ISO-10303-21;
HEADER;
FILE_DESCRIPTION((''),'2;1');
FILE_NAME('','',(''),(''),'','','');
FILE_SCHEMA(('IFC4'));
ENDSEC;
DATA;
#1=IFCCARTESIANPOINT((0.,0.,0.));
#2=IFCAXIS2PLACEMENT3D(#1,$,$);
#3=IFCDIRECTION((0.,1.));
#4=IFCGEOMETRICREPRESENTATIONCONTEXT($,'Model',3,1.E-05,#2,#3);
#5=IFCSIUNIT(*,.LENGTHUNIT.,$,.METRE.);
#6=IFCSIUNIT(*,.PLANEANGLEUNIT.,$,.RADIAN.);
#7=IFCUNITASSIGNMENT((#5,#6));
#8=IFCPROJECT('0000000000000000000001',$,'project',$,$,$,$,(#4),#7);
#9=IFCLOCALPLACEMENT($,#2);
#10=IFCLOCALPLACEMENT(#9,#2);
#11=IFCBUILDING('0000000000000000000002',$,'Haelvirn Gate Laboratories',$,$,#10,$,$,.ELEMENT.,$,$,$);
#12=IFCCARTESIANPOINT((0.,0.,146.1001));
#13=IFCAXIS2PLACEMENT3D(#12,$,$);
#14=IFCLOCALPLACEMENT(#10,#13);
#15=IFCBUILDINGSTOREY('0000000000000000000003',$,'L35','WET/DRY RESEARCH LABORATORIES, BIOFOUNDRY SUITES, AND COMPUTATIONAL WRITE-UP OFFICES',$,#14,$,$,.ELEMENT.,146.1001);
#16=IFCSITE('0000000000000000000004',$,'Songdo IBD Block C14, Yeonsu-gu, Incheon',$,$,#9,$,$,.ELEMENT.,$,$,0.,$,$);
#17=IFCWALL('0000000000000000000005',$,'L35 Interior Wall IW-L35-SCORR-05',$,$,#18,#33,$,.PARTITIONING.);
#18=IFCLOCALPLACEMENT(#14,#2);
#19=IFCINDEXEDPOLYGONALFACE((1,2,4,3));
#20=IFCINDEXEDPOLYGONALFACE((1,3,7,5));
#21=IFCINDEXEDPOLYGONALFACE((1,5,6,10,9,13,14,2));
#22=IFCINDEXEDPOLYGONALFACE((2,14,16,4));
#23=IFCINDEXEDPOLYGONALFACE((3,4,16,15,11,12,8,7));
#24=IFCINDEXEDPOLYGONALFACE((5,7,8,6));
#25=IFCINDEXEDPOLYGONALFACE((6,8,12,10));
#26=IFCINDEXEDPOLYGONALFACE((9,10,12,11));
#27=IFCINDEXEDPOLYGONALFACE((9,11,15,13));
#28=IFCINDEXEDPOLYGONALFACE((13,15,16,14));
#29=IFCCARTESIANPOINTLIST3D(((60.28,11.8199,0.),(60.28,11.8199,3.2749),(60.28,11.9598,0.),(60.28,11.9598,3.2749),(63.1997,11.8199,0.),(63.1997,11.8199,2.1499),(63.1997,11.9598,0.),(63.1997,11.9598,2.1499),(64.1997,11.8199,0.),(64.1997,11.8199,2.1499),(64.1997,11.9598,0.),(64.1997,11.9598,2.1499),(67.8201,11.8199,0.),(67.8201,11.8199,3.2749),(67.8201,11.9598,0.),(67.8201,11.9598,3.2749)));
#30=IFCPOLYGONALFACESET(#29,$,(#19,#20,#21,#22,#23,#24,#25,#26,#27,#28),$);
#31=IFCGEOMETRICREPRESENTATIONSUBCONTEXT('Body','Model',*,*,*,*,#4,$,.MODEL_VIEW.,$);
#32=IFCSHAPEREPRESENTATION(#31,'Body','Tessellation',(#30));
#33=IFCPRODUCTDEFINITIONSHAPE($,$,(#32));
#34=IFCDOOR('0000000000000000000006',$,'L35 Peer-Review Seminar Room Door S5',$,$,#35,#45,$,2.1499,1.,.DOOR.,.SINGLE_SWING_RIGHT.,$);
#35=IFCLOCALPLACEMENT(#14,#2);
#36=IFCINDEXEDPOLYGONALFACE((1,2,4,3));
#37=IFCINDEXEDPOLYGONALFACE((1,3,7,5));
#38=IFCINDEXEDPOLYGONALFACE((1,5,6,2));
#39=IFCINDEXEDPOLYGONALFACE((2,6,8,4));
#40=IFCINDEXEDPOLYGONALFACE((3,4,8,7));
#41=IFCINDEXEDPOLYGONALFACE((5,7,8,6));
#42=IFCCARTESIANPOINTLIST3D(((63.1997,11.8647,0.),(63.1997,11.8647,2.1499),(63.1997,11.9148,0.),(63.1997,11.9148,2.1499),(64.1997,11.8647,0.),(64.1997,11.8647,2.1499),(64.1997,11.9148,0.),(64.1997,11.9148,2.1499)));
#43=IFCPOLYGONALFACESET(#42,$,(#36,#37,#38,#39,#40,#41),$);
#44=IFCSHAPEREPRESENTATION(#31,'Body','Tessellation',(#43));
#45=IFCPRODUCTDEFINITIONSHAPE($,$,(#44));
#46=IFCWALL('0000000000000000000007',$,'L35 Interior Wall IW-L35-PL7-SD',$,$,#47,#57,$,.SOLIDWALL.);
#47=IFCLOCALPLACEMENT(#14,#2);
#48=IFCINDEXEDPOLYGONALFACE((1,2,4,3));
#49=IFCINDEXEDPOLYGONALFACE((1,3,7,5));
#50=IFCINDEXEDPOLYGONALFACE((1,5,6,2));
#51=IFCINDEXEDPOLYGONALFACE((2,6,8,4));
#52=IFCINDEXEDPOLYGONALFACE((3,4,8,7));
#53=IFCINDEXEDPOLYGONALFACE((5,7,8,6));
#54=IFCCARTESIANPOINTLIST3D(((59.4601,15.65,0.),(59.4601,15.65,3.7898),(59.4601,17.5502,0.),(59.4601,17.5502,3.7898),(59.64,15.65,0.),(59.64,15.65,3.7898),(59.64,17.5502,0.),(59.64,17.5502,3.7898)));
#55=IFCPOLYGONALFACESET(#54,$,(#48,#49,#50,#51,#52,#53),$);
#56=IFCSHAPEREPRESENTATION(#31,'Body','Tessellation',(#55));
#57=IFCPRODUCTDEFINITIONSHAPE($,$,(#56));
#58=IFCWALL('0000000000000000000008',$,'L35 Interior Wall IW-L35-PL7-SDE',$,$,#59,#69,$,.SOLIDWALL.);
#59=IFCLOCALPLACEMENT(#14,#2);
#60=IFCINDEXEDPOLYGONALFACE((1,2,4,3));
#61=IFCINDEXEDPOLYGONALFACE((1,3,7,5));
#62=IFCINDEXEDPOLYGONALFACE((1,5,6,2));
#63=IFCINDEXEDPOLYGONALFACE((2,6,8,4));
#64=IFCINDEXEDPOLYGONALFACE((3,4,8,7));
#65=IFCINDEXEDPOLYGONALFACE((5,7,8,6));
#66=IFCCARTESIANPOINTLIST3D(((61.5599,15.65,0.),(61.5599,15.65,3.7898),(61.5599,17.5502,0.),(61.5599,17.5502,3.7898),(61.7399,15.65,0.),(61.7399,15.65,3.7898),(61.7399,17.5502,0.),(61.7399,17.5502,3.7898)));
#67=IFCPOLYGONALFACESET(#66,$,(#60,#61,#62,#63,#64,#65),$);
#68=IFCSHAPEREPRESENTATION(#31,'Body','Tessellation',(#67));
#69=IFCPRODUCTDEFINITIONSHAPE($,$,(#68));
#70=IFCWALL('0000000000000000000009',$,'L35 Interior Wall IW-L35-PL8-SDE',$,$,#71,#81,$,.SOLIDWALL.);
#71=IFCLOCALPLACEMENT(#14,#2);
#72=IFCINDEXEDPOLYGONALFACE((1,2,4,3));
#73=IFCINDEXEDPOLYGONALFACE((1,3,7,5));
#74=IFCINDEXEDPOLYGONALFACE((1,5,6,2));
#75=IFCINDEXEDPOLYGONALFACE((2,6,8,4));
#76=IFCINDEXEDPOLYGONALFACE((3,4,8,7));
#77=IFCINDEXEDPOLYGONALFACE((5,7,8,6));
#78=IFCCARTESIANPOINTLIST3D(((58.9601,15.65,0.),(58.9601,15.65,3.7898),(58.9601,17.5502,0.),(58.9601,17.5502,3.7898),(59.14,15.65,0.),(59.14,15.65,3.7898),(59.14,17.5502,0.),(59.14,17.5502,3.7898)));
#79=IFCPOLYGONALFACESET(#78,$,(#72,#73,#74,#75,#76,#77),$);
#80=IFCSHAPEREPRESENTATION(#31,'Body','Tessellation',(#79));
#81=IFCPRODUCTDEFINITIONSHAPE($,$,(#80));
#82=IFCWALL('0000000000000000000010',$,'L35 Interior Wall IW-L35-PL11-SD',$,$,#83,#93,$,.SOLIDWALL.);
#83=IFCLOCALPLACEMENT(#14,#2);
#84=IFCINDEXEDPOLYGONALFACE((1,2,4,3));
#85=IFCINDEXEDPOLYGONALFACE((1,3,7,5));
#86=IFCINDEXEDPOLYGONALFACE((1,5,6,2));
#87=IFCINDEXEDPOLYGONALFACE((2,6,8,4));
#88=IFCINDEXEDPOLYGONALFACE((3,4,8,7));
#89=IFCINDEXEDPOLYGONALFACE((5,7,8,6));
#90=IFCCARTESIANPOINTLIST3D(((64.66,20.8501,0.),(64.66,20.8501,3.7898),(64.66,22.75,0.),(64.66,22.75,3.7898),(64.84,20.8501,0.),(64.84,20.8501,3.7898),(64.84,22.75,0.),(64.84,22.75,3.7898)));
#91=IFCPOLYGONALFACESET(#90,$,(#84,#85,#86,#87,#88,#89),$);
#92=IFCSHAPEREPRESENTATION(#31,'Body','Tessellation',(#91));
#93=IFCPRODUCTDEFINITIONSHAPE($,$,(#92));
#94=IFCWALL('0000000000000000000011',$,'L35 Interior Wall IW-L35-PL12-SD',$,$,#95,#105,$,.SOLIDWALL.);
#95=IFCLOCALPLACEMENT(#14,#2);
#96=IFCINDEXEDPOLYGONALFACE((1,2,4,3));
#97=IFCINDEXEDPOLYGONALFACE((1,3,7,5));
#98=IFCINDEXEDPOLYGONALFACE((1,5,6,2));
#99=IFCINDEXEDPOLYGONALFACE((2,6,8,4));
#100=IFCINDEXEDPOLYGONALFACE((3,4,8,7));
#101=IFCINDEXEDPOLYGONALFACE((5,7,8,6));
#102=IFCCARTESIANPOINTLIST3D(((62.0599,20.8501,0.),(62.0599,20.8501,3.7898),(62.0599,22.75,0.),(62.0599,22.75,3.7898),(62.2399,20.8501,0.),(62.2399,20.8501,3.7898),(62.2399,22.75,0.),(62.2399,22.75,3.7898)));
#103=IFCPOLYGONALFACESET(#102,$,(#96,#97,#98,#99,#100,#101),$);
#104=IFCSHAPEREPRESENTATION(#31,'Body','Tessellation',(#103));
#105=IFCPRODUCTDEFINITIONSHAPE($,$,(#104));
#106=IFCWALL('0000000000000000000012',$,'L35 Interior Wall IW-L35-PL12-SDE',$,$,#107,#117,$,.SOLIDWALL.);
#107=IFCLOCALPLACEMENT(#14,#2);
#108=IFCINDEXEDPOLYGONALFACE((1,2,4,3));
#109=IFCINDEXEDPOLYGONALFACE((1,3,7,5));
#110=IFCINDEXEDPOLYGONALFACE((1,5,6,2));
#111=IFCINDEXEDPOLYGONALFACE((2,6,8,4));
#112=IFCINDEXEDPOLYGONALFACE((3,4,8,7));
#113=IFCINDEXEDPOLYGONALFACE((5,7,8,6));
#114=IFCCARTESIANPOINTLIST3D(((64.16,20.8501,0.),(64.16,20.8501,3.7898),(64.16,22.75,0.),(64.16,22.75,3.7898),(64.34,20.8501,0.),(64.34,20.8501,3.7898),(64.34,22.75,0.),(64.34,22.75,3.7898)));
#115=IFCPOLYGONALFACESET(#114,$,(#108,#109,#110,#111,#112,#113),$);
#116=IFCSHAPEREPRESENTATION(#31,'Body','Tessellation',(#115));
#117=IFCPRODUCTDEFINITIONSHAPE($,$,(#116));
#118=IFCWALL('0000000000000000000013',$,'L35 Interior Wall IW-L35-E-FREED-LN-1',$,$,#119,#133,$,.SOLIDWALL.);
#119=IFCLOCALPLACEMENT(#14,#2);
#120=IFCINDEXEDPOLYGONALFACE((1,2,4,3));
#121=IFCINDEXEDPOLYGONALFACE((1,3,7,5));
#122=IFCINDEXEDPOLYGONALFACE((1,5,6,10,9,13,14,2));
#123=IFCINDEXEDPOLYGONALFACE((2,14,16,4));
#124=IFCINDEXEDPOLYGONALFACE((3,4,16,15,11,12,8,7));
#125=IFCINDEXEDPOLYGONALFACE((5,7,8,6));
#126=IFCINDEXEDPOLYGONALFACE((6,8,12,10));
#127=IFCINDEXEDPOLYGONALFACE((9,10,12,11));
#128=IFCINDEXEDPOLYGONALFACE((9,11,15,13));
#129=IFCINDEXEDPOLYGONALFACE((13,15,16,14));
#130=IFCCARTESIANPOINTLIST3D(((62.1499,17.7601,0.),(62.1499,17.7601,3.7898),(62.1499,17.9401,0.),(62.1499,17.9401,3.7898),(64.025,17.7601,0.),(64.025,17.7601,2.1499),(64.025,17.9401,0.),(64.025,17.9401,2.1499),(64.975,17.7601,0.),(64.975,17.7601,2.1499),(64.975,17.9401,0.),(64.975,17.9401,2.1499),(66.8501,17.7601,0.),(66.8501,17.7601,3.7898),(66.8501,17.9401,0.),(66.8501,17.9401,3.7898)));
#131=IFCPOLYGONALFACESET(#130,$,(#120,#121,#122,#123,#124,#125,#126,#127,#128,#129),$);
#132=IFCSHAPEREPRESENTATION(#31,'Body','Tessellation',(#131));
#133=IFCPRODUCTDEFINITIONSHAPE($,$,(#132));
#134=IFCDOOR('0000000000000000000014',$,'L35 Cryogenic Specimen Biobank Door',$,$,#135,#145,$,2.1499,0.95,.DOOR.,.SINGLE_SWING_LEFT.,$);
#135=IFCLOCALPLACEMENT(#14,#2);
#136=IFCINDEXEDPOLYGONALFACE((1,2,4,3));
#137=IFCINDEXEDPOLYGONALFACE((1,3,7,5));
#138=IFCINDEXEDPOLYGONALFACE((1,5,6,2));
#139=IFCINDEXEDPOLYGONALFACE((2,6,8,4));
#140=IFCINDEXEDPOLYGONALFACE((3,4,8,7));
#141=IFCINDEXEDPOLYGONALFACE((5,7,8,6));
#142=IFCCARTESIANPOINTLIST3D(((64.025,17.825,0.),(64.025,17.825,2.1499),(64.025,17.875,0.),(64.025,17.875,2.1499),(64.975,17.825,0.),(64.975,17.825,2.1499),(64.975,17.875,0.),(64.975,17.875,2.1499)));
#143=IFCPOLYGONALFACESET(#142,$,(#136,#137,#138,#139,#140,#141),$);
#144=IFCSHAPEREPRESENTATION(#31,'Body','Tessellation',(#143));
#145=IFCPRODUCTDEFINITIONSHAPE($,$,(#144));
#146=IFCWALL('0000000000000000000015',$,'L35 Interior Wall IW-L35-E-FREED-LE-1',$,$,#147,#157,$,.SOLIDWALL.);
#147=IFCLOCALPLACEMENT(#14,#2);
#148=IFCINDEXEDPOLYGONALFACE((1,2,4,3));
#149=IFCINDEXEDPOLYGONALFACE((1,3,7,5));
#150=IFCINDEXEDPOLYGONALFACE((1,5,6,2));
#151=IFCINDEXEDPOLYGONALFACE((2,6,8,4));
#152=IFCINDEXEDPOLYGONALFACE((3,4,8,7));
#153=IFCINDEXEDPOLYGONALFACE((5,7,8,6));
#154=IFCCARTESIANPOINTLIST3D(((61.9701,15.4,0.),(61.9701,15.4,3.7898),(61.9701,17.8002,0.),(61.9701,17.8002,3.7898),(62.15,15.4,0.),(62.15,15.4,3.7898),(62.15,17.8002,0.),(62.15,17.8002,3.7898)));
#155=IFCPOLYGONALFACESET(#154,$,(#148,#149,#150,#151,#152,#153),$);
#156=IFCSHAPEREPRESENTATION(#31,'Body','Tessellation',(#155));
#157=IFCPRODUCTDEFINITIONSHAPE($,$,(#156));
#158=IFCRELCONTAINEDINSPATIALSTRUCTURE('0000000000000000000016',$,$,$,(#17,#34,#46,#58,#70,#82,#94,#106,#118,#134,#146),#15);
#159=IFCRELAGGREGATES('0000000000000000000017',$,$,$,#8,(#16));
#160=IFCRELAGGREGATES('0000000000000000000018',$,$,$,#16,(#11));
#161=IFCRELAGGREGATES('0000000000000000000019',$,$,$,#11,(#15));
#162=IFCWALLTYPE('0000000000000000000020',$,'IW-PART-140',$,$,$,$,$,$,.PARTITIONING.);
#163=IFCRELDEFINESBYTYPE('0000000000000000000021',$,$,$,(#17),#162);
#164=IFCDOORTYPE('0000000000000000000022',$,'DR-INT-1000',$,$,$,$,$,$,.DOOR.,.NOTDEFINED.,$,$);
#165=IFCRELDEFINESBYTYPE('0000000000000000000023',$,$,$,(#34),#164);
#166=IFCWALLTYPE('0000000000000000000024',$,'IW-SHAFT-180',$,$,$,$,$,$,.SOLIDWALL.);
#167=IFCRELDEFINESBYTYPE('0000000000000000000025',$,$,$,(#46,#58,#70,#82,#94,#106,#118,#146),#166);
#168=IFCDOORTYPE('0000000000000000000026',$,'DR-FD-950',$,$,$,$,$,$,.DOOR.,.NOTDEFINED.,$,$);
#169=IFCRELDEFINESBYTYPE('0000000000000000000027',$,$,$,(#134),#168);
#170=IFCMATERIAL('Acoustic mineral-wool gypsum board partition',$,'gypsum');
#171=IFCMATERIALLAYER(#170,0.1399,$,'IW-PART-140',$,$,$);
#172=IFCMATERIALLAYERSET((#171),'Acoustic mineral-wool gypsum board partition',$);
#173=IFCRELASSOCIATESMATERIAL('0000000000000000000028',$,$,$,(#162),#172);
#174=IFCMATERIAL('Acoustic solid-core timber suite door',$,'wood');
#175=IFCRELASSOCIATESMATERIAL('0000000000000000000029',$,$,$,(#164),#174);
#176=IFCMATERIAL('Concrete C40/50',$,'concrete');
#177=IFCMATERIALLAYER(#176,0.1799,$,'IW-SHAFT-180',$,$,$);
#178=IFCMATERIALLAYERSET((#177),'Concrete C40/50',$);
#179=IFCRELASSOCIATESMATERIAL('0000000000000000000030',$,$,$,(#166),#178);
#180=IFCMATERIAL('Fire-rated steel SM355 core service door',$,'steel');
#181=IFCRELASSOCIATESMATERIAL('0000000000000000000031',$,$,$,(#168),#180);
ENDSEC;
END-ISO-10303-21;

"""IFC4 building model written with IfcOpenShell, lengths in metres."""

from ifc_helpers import new_model, si_unit, direction, frame, frame_2d, origin, place, context, subcontext, project, spatial, rectangle, extrude, source, transform, mapped, material, layer, layer_set, type_object, type_shapes, element, fill, save


model = new_model("IFC4")

# Units and contexts
model_context = context("Model", 3, precision=1e-05, world=origin(), true_north=direction((0.0, 1.0)))
body_context = subcontext(model_context, "Body", "Model", "MODEL_VIEW")
ifc_project = project(units=[si_unit("LENGTHUNIT", "METRE"), si_unit("PLANEANGLEUNIT", "RADIAN")], contexts=[model_context])

# Site, building, storey
site_placement = place(None, origin())
site = spatial("IfcSite", under=ifc_project, at=site_placement, Name="Songdo IBD Block C14, Yeonsu-gu, Incheon", CompositionType="ELEMENT", RefElevation=0.0)
building_placement = place(site_placement, origin())
building = spatial("IfcBuilding", under=site, at=building_placement, Name="Haelvirn Gate Laboratories", CompositionType="ELEMENT")
storey_placement = place(building_placement, frame((0.0, 0.0, 146.1001)))
storey = spatial("IfcBuildingStorey", under=building, at=storey_placement, Name="L35", Description="WET/DRY RESEARCH LABORATORIES, BIOFOUNDRY SUITES, AND COMPUTATIONAL WRITE-UP OFFICES", CompositionType="ELEMENT", Elevation=146.1001)

# Wall, opening, door
ifc_material_1 = material(Name="Acoustic mineral-wool gypsum board partition", Category="gypsum")
ifc_layer_1 = layer(ifc_material_1, 0.1399, Name="IW-PART-140")
ifc_layer_set_1 = layer_set([ifc_layer_1], Name="Acoustic mineral-wool gypsum board partition")
wall_type_1 = type_object("IfcWallType", Name="IW-PART-140", PredefinedType="PARTITIONING", material=ifc_layer_set_1)
wall_1_placement = place(storey_placement, frame((60.28, 11.8899, 0.0), z_axis=(0.0, 0.0, 1.0), x_axis=(1.0, 0.0, 0.0)))
wall_1 = element("IfcWall", 1, at=wall_1_placement, inside=storey, type_object=wall_type_1, Name="L35 Interior Wall IW-L35-SCORR-05", PredefinedType="PARTITIONING", context=body_context, shape_type="SweptSolid", body=[
    extrude(rectangle(XDim=7.54, YDim=0.1399, at=frame_2d((3.77, 0.0))), origin(), (0.0, 0.0, 1.0), 3.2749),
])
opening_1_placement = place(wall_1_placement, frame((2.9197, 0.0, 0.0)))
opening_1 = element("IfcOpeningElement", 2, at=opening_1_placement, cuts=wall_1, PredefinedType="OPENING", context=body_context, shape_type="SweptSolid", body=[
    extrude(rectangle(XDim=1.0, YDim=2.1499, at=frame_2d((0.5, 1.075))), frame((0.0, 0.0801, 0.0), z_axis=(0.0, -1.0, 0.0), x_axis=(1.0, 0.0, 0.0)), (0.0, 0.0, 1.0), 0.1599),
])
ifc_material_2 = material(Name="Acoustic solid-core timber suite door", Category="wood")
door_type_1 = type_object("IfcDoorType", Name="DR-INT-1000", OperationType="NOTDEFINED", PredefinedType="DOOR", material=ifc_material_2)
shared_shape_1 = source(origin(), body_context, "Body", "SweptSolid", [
    extrude(rectangle(XDim=1.0, YDim=2.1499, at=frame_2d((0.5, 1.075))), frame((0.0, 0.0249, 0.0), z_axis=(0.0, -1.0, 0.0), x_axis=(1.0, 0.0, 0.0)), (0.0, 0.0, 1.0), 0.05),
])
type_shapes(door_type_1, [shared_shape_1])
door_1_placement = place(opening_1_placement, origin())
door_1 = element("IfcDoor", 3, at=door_1_placement, inside=storey, type_object=door_type_1, Name="L35 Peer-Review Seminar Room Door S5", OperationType="SINGLE_SWING_RIGHT", OverallHeight=2.1499, OverallWidth=1.0, PredefinedType="DOOR", context=body_context, shape_type="MappedRepresentation", body=[
    mapped(shared_shape_1, transform((0.0, 0.0, 0.0), scale=1.0)),
])
fill(opening_1, door_1)

# Walls
ifc_material_3 = material(Name="Concrete C40/50", Category="concrete")
ifc_layer_2 = layer(ifc_material_3, 0.1799, Name="IW-SHAFT-180")
ifc_layer_set_2 = layer_set([ifc_layer_2], Name="Concrete C40/50")
wall_type_2 = type_object("IfcWallType", Name="IW-SHAFT-180", PredefinedType="SOLIDWALL", material=ifc_layer_set_2)
for number, where, z_axis, x_axis, name in (
    (4, (59.55, 15.6499, 0.0), (0.0, 0.0, 1.0), (0.0, 1.0, 0.0), "L35 Interior Wall IW-L35-PL7-SD"),
    (5, (61.6499, 15.6499, 0.0), (0.0, 0.0, 1.0), (0.0, 1.0, 0.0), "L35 Interior Wall IW-L35-PL7-SDE"),
    (6, (59.05, 15.6499, 0.0), (0.0, 0.0, 1.0), (0.0, 1.0, 0.0), "L35 Interior Wall IW-L35-PL8-SDE"),
):
    element("IfcWall", number, at=place(storey_placement, frame(where, z_axis=z_axis, x_axis=x_axis)), inside=storey, type_object=wall_type_2, Name=name, PredefinedType="SOLIDWALL", context=body_context, shape_type="SweptSolid", body=[
        extrude(rectangle(XDim=1.9001, YDim=0.1799, at=frame_2d((0.9502, 0.0))), origin(), (0.0, 0.0, 1.0), 3.7898),
    ])
for number, where, z_axis, x_axis, name in (
    (7, (64.75, 20.8501, 0.0), (0.0, 0.0, 1.0), (0.0, 1.0, 0.0), "L35 Interior Wall IW-L35-PL11-SD"),
    (8, (62.1499, 20.8501, 0.0), (0.0, 0.0, 1.0), (0.0, 1.0, 0.0), "L35 Interior Wall IW-L35-PL12-SD"),
    (9, (64.25, 20.8501, 0.0), (0.0, 0.0, 1.0), (0.0, 1.0, 0.0), "L35 Interior Wall IW-L35-PL12-SDE"),
):
    element("IfcWall", number, at=place(storey_placement, frame(where, z_axis=z_axis, x_axis=x_axis)), inside=storey, type_object=wall_type_2, Name=name, PredefinedType="SOLIDWALL", context=body_context, shape_type="SweptSolid", body=[
        extrude(rectangle(XDim=1.8999, YDim=0.1799, at=frame_2d((0.95, 0.0))), origin(), (0.0, 0.0, 1.0), 3.7898),
    ])

# Wall, opening, door
wall_2_placement = place(storey_placement, frame((62.1499, 17.8501, 0.0), z_axis=(0.0, 0.0, 1.0), x_axis=(1.0, 0.0, 0.0)))
wall_2 = element("IfcWall", 10, at=wall_2_placement, inside=storey, type_object=wall_type_2, Name="L35 Interior Wall IW-L35-E-FREED-LN-1", PredefinedType="SOLIDWALL", context=body_context, shape_type="SweptSolid", body=[
    extrude(rectangle(XDim=4.7002, YDim=0.1799, at=frame_2d((2.3501, 0.0))), origin(), (0.0, 0.0, 1.0), 3.7898),
])
opening_2_placement = place(wall_2_placement, frame((1.875, 0.0, 0.0)))
opening_2 = element("IfcOpeningElement", 11, at=opening_2_placement, cuts=wall_2, PredefinedType="OPENING", context=body_context, shape_type="SweptSolid", body=[
    extrude(rectangle(XDim=0.95, YDim=2.1499, at=frame_2d((0.4751, 1.075))), frame((0.0, 0.1001, 0.0), z_axis=(0.0, -1.0, 0.0), x_axis=(1.0, 0.0, 0.0)), (0.0, 0.0, 1.0), 0.2),
])
ifc_material_4 = material(Name="Fire-rated steel SM355 core service door", Category="steel")
door_type_2 = type_object("IfcDoorType", Name="DR-FD-950", OperationType="NOTDEFINED", PredefinedType="DOOR", material=ifc_material_4)
shared_shape_2 = source(origin(), body_context, "Body", "SweptSolid", [
    extrude(rectangle(XDim=0.95, YDim=2.1499, at=frame_2d((0.4751, 1.075))), frame((0.0, 0.0249, 0.0), z_axis=(0.0, -1.0, 0.0), x_axis=(1.0, 0.0, 0.0)), (0.0, 0.0, 1.0), 0.05),
])
type_shapes(door_type_2, [shared_shape_2])
door_2_placement = place(opening_2_placement, origin())
door_2 = element("IfcDoor", 12, at=door_2_placement, inside=storey, type_object=door_type_2, Name="L35 Cryogenic Specimen Biobank Door", OperationType="SINGLE_SWING_LEFT", OverallHeight=2.1499, OverallWidth=0.95, PredefinedType="DOOR", context=body_context, shape_type="MappedRepresentation", body=[
    mapped(shared_shape_2, transform((0.0, 0.0, 0.0), scale=1.0)),
])
fill(opening_2, door_2)

# Wall
wall_3_placement = place(storey_placement, frame((62.0601, 15.3999, 0.0), z_axis=(0.0, 0.0, 1.0), x_axis=(0.0, 1.0, 0.0)))
element("IfcWall", 13, at=wall_3_placement, inside=storey, type_object=wall_type_2, Name="L35 Interior Wall IW-L35-E-FREED-LE-1", PredefinedType="SOLIDWALL", context=body_context, shape_type="SweptSolid", body=[
    extrude(rectangle(XDim=2.4001, YDim=0.1799, at=frame_2d((1.2002, 0.0))), origin(), (0.0, 0.0, 1.0), 3.7898),
])

save(model, "model.ifc")
